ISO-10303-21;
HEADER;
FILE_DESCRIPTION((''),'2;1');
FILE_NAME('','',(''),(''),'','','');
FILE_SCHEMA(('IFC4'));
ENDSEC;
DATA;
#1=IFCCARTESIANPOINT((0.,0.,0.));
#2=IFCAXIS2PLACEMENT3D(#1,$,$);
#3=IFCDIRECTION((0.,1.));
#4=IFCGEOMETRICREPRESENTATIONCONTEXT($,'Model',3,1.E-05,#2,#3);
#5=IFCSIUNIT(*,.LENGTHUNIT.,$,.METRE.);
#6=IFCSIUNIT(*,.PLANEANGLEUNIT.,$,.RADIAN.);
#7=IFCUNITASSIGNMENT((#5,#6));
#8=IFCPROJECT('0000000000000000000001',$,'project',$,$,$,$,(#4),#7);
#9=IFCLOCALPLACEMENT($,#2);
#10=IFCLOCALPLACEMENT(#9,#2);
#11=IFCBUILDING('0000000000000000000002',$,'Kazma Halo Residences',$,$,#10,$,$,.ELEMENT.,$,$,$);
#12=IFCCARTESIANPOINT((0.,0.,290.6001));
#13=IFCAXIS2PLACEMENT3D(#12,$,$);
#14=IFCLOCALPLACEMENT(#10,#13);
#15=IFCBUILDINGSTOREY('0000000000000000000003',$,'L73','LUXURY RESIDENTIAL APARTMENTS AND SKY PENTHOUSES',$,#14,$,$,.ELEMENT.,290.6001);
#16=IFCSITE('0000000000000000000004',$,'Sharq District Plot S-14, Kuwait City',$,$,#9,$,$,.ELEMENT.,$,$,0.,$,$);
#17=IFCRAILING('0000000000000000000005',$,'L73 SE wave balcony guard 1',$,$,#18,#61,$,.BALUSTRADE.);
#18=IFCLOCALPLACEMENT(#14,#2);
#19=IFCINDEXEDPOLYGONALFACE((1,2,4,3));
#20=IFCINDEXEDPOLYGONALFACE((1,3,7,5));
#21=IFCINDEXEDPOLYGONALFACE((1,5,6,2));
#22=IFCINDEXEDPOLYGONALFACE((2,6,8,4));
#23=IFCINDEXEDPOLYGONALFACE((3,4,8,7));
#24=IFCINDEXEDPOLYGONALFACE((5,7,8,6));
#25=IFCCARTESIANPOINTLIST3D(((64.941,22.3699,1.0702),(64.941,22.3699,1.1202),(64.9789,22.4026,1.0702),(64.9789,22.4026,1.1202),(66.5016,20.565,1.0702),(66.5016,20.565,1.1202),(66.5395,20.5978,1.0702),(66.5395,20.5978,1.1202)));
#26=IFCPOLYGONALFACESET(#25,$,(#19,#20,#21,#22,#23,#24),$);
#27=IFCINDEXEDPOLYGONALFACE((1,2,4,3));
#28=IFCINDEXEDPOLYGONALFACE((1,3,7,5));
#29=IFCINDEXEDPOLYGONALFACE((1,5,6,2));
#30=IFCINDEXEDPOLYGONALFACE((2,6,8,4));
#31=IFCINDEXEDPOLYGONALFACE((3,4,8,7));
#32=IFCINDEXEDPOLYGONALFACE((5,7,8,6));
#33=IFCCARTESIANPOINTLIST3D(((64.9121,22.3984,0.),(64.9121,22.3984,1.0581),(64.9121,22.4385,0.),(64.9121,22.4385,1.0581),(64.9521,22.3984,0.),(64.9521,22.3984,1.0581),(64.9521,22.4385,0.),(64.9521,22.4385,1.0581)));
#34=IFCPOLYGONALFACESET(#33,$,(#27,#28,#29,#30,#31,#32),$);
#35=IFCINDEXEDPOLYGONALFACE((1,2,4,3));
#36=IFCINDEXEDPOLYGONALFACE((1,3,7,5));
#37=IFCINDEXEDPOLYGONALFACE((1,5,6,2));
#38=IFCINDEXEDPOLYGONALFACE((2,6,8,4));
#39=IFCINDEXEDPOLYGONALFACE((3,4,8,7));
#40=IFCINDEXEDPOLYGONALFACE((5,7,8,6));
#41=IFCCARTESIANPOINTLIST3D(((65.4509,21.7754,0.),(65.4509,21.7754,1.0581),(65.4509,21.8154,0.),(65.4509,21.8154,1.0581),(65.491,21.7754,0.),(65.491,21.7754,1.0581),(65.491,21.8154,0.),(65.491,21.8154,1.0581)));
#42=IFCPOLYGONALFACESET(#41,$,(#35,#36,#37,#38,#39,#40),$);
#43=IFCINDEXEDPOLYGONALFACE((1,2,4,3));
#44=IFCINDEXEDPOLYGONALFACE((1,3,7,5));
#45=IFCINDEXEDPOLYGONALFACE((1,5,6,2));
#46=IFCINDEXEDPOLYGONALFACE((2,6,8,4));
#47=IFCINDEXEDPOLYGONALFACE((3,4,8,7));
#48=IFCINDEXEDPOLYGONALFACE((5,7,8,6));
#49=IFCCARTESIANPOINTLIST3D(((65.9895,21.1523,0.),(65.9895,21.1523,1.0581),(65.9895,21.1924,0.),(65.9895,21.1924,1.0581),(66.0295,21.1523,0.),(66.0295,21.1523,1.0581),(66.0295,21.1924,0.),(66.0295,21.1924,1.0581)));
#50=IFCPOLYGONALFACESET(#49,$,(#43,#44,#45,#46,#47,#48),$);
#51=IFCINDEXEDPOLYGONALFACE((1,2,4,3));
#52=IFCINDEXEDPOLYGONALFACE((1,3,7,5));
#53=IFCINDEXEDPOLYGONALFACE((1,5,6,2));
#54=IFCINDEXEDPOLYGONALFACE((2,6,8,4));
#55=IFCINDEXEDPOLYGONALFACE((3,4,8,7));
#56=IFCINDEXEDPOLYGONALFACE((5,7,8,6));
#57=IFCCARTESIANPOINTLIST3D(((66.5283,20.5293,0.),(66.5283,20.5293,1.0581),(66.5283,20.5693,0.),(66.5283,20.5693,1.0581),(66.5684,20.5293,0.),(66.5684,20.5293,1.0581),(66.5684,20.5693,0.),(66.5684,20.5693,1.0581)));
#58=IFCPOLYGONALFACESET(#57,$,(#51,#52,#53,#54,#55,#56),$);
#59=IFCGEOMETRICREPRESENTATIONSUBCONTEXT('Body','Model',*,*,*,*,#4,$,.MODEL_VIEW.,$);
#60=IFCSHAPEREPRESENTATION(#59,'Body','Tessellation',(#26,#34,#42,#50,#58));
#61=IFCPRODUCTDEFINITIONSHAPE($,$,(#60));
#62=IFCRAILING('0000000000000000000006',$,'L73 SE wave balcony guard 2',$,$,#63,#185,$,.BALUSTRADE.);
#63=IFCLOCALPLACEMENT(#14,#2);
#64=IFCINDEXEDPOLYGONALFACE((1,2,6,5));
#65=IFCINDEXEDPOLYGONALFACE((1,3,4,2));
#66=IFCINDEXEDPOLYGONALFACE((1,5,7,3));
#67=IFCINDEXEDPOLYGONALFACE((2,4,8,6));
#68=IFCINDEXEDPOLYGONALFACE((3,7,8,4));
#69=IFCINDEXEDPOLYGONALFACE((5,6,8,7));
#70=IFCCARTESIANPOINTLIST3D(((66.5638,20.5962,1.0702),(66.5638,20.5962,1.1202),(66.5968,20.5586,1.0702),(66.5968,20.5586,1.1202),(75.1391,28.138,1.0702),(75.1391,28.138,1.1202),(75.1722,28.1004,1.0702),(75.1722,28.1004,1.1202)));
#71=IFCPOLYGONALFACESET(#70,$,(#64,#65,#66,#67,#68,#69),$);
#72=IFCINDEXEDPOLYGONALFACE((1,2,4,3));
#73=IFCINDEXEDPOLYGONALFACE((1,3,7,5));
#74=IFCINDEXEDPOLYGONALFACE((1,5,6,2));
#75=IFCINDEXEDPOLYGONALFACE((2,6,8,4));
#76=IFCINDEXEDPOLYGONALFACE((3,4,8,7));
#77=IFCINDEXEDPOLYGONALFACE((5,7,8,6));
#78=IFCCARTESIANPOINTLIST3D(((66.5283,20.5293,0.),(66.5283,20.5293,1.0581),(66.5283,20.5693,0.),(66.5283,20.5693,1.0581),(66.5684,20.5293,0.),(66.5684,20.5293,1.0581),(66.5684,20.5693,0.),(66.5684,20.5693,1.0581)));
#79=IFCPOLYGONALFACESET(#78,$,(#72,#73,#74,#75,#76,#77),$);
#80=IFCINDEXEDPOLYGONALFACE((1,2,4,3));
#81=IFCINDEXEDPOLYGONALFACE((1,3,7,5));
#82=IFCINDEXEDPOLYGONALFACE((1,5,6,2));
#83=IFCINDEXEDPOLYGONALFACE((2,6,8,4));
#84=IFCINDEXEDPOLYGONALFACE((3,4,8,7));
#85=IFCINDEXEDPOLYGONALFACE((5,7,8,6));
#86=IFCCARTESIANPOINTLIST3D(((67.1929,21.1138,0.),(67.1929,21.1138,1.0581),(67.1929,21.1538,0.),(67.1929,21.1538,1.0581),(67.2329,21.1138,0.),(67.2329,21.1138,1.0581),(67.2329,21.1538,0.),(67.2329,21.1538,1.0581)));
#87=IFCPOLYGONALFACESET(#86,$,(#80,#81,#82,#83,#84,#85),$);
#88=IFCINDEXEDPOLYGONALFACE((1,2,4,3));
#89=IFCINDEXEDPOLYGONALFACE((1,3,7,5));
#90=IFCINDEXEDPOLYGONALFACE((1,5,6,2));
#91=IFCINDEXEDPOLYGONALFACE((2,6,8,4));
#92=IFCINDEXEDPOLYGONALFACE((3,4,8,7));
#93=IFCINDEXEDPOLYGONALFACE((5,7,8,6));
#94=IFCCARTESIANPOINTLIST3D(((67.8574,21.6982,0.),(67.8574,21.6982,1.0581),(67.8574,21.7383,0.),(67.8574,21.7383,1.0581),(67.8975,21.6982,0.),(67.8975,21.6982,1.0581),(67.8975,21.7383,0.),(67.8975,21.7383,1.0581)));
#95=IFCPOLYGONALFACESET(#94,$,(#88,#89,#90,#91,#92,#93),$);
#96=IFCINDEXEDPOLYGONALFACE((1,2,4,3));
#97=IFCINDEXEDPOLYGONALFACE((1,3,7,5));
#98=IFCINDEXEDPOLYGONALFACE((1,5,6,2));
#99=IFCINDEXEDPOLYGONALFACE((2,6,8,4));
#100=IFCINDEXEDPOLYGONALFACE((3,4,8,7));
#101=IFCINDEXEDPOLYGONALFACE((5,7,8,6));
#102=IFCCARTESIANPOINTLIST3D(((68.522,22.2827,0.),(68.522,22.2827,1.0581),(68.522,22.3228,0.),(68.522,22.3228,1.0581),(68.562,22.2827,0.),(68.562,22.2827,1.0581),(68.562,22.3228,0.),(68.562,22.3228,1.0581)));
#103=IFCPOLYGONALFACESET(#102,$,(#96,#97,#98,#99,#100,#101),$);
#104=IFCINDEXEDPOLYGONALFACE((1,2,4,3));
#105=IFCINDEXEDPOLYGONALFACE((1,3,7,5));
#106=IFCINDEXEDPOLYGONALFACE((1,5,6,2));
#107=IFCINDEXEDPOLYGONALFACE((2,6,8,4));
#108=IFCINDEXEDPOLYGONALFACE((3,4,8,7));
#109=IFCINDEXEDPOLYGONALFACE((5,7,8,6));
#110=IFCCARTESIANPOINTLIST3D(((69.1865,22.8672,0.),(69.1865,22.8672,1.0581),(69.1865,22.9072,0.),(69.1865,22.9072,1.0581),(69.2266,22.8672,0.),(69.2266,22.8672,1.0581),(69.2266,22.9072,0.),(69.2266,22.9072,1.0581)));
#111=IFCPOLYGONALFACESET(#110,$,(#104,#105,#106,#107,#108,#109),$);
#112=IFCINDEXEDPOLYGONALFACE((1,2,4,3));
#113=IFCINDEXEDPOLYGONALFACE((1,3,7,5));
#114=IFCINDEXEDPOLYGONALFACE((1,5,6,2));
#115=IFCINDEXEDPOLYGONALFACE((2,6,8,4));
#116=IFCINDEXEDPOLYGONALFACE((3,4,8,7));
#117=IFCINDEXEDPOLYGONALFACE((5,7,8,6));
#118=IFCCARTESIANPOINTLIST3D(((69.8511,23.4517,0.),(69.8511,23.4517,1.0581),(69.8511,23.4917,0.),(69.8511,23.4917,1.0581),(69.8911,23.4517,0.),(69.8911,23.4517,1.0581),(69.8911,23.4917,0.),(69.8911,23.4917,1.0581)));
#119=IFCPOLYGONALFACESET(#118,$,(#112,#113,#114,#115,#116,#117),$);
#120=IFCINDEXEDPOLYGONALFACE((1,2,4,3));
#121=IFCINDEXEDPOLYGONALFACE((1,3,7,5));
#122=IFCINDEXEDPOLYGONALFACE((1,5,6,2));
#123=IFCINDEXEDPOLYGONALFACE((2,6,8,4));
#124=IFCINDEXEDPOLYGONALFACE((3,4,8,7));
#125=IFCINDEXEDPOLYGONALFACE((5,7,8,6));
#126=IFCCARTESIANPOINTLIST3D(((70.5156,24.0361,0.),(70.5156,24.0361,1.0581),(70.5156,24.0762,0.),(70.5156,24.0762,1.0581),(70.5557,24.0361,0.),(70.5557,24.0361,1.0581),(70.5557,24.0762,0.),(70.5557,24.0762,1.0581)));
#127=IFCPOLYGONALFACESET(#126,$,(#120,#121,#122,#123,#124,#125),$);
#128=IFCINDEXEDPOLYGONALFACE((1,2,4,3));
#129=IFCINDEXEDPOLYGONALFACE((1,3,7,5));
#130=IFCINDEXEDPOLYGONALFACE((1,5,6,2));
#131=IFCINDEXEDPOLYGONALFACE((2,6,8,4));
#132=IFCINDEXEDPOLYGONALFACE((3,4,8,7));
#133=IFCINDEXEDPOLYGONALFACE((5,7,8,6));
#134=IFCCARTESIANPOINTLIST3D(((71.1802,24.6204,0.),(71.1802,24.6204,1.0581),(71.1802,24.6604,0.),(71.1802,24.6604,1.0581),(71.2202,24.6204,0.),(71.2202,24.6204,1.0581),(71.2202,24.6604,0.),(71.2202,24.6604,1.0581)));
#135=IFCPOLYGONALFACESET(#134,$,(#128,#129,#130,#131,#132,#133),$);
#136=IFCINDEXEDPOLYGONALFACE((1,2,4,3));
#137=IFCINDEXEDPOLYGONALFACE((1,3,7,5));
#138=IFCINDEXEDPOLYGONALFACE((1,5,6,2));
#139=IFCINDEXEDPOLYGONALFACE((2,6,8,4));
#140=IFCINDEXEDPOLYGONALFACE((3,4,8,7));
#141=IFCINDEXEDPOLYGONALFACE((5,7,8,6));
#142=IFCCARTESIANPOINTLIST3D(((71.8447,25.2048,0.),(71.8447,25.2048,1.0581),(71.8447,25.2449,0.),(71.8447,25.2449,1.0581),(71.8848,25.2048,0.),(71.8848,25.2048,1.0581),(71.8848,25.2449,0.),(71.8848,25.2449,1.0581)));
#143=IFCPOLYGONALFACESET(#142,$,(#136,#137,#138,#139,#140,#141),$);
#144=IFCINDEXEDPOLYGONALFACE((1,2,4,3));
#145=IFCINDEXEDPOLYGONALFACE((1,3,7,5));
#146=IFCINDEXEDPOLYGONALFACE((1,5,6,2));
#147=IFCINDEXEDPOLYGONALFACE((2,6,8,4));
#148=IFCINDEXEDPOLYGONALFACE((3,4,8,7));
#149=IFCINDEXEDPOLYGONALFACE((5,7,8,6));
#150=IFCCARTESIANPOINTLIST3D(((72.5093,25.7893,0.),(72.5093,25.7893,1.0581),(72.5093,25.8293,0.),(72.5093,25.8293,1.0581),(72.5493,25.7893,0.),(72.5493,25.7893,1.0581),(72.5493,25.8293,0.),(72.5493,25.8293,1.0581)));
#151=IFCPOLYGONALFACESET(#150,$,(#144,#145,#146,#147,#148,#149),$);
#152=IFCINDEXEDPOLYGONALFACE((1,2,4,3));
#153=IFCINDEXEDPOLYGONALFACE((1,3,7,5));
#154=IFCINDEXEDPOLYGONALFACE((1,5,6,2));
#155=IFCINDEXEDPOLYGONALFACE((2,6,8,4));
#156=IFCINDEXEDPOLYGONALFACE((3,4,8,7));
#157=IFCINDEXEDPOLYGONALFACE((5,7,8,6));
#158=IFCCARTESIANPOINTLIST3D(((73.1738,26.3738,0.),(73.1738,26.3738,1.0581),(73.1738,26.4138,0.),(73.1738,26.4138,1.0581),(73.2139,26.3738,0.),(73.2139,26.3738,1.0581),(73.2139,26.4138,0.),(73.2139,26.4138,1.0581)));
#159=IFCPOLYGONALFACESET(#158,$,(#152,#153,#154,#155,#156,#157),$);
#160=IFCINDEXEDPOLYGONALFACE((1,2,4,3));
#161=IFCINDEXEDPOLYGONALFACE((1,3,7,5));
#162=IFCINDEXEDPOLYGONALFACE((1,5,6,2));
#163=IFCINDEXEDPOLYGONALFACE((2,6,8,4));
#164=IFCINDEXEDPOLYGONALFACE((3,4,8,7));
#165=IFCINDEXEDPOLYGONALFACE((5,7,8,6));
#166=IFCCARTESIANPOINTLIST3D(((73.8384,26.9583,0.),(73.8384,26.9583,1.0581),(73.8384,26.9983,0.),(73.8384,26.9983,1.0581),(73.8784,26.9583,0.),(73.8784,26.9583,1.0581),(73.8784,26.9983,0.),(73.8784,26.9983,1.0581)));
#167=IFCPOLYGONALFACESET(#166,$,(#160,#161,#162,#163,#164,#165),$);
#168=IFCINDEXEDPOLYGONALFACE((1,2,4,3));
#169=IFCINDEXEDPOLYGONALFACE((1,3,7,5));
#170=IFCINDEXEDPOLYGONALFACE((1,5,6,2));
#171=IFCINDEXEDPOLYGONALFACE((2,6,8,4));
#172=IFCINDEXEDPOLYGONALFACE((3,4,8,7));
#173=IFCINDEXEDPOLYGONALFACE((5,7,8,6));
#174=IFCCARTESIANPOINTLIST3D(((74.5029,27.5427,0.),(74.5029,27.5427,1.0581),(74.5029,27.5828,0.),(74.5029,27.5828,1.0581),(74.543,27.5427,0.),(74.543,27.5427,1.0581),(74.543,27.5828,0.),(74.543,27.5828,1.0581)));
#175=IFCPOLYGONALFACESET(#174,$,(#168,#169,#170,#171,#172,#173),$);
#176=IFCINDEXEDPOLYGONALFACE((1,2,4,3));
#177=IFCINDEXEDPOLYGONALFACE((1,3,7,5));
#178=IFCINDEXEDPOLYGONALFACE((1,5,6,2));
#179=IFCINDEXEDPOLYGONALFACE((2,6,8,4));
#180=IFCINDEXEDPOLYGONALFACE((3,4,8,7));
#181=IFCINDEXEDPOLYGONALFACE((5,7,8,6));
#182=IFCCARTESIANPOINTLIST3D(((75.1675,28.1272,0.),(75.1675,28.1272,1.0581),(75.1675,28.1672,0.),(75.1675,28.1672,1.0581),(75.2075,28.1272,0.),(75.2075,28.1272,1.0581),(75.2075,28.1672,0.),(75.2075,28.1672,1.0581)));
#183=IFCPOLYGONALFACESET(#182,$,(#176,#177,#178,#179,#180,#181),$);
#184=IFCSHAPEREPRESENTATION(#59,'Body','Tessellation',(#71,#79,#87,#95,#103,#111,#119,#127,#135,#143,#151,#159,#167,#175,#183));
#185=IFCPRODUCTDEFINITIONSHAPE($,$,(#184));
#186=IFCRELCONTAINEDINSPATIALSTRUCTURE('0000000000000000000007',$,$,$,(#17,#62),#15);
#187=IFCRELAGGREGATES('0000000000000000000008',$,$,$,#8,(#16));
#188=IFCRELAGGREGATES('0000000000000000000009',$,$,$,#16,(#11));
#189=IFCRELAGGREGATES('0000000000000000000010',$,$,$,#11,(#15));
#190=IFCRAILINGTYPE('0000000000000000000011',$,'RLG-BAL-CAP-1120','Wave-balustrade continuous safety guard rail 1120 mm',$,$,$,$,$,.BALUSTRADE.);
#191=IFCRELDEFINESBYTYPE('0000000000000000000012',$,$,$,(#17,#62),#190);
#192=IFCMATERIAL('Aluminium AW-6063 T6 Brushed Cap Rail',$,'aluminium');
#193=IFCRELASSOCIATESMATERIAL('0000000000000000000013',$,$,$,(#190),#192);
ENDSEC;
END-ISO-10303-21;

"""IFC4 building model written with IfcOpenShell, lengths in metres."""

from ifc_helpers import new_model, si_unit, direction, frame, origin, origin_2d, place, context, subcontext, project, spatial, rectangle, extrude, material, type_object, element, save


model = new_model("IFC4")

# Units and contexts
model_context = context("Model", 3, precision=1e-05, world=origin(), true_north=direction((0.0, 1.0)))
body_context = subcontext(model_context, "Body", "Model", "MODEL_VIEW")
ifc_project = project(units=[si_unit("LENGTHUNIT", "METRE"), si_unit("PLANEANGLEUNIT", "RADIAN")], contexts=[model_context])

# Site, building, storey
site_placement = place(None, origin())
site = spatial("IfcSite", under=ifc_project, at=site_placement, Name="Sharq District Plot S-14, Kuwait City", CompositionType="ELEMENT", RefElevation=0.0)
building_placement = place(site_placement, origin())
building = spatial("IfcBuilding", under=site, at=building_placement, Name="Kazma Halo Residences", CompositionType="ELEMENT")
storey_placement = place(building_placement, frame((0.0, 0.0, 290.6001)))
storey = spatial("IfcBuildingStorey", under=building, at=storey_placement, Name="L73", Description="LUXURY RESIDENTIAL APARTMENTS AND SKY PENTHOUSES", CompositionType="ELEMENT", Elevation=290.6001)

# Railings
ifc_material_1 = material(Name="Aluminium AW-6063 T6 Brushed Cap Rail", Category="aluminium")
railing_type = type_object("IfcRailingType", Name="RLG-BAL-CAP-1120", Description="Wave-balustrade continuous safety guard rail 1120 mm", PredefinedType="BALUSTRADE", material=ifc_material_1)
railing_1_placement = place(storey_placement, frame((64.9321, 22.4185, 0.0)))
element("IfcRailing", 1, at=railing_1_placement, inside=storey, type_object=railing_type, Name="L73 SE wave balcony guard 1", PredefinedType="BALUSTRADE", context=body_context, shape_type="SweptSolid", body=[
    extrude(rectangle(XDim=0.05, YDim=0.05, at=origin_2d()), frame((0.0278, -0.0322, 1.0952), z_axis=(0.654072, -0.756432, 0.0), x_axis=(0.756432, 0.654072, 0.0)), (0.0, 0.0, 1.0), 2.386),
    extrude(rectangle(XDim=0.04, YDim=0.04, at=origin_2d()), origin(), (0.0, 0.0, 1.0), 1.0581),
    extrude(rectangle(XDim=0.04, YDim=0.04, at=origin_2d()), frame((0.5388, -0.623, 0.0)), (0.0, 0.0, 1.0), 1.0581),
    extrude(rectangle(XDim=0.04, YDim=0.04, at=origin_2d()), frame((1.0774, -1.2461, 0.0)), (0.0, 0.0, 1.0), 1.0581),
    extrude(rectangle(XDim=0.04, YDim=0.04, at=origin_2d()), frame((1.6162, -1.8691, 0.0)), (0.0, 0.0, 1.0), 1.0581),
])
railing_2_placement = place(storey_placement, frame((66.5483, 20.5493, 0.0)))
element("IfcRailing", 2, at=railing_2_placement, inside=storey, type_object=railing_type, Name="L73 SE wave balcony guard 2", PredefinedType="BALUSTRADE", context=body_context, shape_type="SweptSolid", body=[
    extrude(rectangle(XDim=0.05, YDim=0.05, at=origin_2d()), frame((0.032, 0.0281, 1.0952), z_axis=(0.75091, 0.660404, 0.0), x_axis=(-0.660404, 0.75091, 0.0)), (0.0, 0.0, 1.0), 11.4199),
    extrude(rectangle(XDim=0.04, YDim=0.04, at=origin_2d()), origin(), (0.0, 0.0, 1.0), 1.0581),
    extrude(rectangle(XDim=0.04, YDim=0.04, at=origin_2d()), frame((0.6646, 0.5845, 0.0)), (0.0, 0.0, 1.0), 1.0581),
    extrude(rectangle(XDim=0.04, YDim=0.04, at=origin_2d()), frame((1.3291, 1.1689, 0.0)), (0.0, 0.0, 1.0), 1.0581),
    extrude(rectangle(XDim=0.04, YDim=0.04, at=origin_2d()), frame((1.9937, 1.7534, 0.0)), (0.0, 0.0, 1.0), 1.0581),
    extrude(rectangle(XDim=0.04, YDim=0.04, at=origin_2d()), frame((2.6582, 2.3379, 0.0)), (0.0, 0.0, 1.0), 1.0581),
    extrude(rectangle(XDim=0.04, YDim=0.04, at=origin_2d()), frame((3.3228, 2.9224, 0.0)), (0.0, 0.0, 1.0), 1.0581),
    extrude(rectangle(XDim=0.04, YDim=0.04, at=origin_2d()), frame((3.9873, 3.5068, 0.0)), (0.0, 0.0, 1.0), 1.0581),
    extrude(rectangle(XDim=0.04, YDim=0.04, at=origin_2d()), frame((4.6519, 4.0911, 0.0)), (0.0, 0.0, 1.0), 1.0581),
    extrude(rectangle(XDim=0.04, YDim=0.04, at=origin_2d()), frame((5.3164, 4.6755, 0.0)), (0.0, 0.0, 1.0), 1.0581),
    extrude(rectangle(XDim=0.04, YDim=0.04, at=origin_2d()), frame((5.981, 5.26, 0.0)), (0.0, 0.0, 1.0), 1.0581),
    extrude(rectangle(XDim=0.04, YDim=0.04, at=origin_2d()), frame((6.6455, 5.8445, 0.0)), (0.0, 0.0, 1.0), 1.0581),
    extrude(rectangle(XDim=0.04, YDim=0.04, at=origin_2d()), frame((7.3101, 6.429, 0.0)), (0.0, 0.0, 1.0), 1.0581),
    extrude(rectangle(XDim=0.04, YDim=0.04, at=origin_2d()), frame((7.9746, 7.0134, 0.0)), (0.0, 0.0, 1.0), 1.0581),
    extrude(rectangle(XDim=0.04, YDim=0.04, at=origin_2d()), frame((8.6392, 7.5979, 0.0)), (0.0, 0.0, 1.0), 1.0581),
])

save(model, "model.ifc")
